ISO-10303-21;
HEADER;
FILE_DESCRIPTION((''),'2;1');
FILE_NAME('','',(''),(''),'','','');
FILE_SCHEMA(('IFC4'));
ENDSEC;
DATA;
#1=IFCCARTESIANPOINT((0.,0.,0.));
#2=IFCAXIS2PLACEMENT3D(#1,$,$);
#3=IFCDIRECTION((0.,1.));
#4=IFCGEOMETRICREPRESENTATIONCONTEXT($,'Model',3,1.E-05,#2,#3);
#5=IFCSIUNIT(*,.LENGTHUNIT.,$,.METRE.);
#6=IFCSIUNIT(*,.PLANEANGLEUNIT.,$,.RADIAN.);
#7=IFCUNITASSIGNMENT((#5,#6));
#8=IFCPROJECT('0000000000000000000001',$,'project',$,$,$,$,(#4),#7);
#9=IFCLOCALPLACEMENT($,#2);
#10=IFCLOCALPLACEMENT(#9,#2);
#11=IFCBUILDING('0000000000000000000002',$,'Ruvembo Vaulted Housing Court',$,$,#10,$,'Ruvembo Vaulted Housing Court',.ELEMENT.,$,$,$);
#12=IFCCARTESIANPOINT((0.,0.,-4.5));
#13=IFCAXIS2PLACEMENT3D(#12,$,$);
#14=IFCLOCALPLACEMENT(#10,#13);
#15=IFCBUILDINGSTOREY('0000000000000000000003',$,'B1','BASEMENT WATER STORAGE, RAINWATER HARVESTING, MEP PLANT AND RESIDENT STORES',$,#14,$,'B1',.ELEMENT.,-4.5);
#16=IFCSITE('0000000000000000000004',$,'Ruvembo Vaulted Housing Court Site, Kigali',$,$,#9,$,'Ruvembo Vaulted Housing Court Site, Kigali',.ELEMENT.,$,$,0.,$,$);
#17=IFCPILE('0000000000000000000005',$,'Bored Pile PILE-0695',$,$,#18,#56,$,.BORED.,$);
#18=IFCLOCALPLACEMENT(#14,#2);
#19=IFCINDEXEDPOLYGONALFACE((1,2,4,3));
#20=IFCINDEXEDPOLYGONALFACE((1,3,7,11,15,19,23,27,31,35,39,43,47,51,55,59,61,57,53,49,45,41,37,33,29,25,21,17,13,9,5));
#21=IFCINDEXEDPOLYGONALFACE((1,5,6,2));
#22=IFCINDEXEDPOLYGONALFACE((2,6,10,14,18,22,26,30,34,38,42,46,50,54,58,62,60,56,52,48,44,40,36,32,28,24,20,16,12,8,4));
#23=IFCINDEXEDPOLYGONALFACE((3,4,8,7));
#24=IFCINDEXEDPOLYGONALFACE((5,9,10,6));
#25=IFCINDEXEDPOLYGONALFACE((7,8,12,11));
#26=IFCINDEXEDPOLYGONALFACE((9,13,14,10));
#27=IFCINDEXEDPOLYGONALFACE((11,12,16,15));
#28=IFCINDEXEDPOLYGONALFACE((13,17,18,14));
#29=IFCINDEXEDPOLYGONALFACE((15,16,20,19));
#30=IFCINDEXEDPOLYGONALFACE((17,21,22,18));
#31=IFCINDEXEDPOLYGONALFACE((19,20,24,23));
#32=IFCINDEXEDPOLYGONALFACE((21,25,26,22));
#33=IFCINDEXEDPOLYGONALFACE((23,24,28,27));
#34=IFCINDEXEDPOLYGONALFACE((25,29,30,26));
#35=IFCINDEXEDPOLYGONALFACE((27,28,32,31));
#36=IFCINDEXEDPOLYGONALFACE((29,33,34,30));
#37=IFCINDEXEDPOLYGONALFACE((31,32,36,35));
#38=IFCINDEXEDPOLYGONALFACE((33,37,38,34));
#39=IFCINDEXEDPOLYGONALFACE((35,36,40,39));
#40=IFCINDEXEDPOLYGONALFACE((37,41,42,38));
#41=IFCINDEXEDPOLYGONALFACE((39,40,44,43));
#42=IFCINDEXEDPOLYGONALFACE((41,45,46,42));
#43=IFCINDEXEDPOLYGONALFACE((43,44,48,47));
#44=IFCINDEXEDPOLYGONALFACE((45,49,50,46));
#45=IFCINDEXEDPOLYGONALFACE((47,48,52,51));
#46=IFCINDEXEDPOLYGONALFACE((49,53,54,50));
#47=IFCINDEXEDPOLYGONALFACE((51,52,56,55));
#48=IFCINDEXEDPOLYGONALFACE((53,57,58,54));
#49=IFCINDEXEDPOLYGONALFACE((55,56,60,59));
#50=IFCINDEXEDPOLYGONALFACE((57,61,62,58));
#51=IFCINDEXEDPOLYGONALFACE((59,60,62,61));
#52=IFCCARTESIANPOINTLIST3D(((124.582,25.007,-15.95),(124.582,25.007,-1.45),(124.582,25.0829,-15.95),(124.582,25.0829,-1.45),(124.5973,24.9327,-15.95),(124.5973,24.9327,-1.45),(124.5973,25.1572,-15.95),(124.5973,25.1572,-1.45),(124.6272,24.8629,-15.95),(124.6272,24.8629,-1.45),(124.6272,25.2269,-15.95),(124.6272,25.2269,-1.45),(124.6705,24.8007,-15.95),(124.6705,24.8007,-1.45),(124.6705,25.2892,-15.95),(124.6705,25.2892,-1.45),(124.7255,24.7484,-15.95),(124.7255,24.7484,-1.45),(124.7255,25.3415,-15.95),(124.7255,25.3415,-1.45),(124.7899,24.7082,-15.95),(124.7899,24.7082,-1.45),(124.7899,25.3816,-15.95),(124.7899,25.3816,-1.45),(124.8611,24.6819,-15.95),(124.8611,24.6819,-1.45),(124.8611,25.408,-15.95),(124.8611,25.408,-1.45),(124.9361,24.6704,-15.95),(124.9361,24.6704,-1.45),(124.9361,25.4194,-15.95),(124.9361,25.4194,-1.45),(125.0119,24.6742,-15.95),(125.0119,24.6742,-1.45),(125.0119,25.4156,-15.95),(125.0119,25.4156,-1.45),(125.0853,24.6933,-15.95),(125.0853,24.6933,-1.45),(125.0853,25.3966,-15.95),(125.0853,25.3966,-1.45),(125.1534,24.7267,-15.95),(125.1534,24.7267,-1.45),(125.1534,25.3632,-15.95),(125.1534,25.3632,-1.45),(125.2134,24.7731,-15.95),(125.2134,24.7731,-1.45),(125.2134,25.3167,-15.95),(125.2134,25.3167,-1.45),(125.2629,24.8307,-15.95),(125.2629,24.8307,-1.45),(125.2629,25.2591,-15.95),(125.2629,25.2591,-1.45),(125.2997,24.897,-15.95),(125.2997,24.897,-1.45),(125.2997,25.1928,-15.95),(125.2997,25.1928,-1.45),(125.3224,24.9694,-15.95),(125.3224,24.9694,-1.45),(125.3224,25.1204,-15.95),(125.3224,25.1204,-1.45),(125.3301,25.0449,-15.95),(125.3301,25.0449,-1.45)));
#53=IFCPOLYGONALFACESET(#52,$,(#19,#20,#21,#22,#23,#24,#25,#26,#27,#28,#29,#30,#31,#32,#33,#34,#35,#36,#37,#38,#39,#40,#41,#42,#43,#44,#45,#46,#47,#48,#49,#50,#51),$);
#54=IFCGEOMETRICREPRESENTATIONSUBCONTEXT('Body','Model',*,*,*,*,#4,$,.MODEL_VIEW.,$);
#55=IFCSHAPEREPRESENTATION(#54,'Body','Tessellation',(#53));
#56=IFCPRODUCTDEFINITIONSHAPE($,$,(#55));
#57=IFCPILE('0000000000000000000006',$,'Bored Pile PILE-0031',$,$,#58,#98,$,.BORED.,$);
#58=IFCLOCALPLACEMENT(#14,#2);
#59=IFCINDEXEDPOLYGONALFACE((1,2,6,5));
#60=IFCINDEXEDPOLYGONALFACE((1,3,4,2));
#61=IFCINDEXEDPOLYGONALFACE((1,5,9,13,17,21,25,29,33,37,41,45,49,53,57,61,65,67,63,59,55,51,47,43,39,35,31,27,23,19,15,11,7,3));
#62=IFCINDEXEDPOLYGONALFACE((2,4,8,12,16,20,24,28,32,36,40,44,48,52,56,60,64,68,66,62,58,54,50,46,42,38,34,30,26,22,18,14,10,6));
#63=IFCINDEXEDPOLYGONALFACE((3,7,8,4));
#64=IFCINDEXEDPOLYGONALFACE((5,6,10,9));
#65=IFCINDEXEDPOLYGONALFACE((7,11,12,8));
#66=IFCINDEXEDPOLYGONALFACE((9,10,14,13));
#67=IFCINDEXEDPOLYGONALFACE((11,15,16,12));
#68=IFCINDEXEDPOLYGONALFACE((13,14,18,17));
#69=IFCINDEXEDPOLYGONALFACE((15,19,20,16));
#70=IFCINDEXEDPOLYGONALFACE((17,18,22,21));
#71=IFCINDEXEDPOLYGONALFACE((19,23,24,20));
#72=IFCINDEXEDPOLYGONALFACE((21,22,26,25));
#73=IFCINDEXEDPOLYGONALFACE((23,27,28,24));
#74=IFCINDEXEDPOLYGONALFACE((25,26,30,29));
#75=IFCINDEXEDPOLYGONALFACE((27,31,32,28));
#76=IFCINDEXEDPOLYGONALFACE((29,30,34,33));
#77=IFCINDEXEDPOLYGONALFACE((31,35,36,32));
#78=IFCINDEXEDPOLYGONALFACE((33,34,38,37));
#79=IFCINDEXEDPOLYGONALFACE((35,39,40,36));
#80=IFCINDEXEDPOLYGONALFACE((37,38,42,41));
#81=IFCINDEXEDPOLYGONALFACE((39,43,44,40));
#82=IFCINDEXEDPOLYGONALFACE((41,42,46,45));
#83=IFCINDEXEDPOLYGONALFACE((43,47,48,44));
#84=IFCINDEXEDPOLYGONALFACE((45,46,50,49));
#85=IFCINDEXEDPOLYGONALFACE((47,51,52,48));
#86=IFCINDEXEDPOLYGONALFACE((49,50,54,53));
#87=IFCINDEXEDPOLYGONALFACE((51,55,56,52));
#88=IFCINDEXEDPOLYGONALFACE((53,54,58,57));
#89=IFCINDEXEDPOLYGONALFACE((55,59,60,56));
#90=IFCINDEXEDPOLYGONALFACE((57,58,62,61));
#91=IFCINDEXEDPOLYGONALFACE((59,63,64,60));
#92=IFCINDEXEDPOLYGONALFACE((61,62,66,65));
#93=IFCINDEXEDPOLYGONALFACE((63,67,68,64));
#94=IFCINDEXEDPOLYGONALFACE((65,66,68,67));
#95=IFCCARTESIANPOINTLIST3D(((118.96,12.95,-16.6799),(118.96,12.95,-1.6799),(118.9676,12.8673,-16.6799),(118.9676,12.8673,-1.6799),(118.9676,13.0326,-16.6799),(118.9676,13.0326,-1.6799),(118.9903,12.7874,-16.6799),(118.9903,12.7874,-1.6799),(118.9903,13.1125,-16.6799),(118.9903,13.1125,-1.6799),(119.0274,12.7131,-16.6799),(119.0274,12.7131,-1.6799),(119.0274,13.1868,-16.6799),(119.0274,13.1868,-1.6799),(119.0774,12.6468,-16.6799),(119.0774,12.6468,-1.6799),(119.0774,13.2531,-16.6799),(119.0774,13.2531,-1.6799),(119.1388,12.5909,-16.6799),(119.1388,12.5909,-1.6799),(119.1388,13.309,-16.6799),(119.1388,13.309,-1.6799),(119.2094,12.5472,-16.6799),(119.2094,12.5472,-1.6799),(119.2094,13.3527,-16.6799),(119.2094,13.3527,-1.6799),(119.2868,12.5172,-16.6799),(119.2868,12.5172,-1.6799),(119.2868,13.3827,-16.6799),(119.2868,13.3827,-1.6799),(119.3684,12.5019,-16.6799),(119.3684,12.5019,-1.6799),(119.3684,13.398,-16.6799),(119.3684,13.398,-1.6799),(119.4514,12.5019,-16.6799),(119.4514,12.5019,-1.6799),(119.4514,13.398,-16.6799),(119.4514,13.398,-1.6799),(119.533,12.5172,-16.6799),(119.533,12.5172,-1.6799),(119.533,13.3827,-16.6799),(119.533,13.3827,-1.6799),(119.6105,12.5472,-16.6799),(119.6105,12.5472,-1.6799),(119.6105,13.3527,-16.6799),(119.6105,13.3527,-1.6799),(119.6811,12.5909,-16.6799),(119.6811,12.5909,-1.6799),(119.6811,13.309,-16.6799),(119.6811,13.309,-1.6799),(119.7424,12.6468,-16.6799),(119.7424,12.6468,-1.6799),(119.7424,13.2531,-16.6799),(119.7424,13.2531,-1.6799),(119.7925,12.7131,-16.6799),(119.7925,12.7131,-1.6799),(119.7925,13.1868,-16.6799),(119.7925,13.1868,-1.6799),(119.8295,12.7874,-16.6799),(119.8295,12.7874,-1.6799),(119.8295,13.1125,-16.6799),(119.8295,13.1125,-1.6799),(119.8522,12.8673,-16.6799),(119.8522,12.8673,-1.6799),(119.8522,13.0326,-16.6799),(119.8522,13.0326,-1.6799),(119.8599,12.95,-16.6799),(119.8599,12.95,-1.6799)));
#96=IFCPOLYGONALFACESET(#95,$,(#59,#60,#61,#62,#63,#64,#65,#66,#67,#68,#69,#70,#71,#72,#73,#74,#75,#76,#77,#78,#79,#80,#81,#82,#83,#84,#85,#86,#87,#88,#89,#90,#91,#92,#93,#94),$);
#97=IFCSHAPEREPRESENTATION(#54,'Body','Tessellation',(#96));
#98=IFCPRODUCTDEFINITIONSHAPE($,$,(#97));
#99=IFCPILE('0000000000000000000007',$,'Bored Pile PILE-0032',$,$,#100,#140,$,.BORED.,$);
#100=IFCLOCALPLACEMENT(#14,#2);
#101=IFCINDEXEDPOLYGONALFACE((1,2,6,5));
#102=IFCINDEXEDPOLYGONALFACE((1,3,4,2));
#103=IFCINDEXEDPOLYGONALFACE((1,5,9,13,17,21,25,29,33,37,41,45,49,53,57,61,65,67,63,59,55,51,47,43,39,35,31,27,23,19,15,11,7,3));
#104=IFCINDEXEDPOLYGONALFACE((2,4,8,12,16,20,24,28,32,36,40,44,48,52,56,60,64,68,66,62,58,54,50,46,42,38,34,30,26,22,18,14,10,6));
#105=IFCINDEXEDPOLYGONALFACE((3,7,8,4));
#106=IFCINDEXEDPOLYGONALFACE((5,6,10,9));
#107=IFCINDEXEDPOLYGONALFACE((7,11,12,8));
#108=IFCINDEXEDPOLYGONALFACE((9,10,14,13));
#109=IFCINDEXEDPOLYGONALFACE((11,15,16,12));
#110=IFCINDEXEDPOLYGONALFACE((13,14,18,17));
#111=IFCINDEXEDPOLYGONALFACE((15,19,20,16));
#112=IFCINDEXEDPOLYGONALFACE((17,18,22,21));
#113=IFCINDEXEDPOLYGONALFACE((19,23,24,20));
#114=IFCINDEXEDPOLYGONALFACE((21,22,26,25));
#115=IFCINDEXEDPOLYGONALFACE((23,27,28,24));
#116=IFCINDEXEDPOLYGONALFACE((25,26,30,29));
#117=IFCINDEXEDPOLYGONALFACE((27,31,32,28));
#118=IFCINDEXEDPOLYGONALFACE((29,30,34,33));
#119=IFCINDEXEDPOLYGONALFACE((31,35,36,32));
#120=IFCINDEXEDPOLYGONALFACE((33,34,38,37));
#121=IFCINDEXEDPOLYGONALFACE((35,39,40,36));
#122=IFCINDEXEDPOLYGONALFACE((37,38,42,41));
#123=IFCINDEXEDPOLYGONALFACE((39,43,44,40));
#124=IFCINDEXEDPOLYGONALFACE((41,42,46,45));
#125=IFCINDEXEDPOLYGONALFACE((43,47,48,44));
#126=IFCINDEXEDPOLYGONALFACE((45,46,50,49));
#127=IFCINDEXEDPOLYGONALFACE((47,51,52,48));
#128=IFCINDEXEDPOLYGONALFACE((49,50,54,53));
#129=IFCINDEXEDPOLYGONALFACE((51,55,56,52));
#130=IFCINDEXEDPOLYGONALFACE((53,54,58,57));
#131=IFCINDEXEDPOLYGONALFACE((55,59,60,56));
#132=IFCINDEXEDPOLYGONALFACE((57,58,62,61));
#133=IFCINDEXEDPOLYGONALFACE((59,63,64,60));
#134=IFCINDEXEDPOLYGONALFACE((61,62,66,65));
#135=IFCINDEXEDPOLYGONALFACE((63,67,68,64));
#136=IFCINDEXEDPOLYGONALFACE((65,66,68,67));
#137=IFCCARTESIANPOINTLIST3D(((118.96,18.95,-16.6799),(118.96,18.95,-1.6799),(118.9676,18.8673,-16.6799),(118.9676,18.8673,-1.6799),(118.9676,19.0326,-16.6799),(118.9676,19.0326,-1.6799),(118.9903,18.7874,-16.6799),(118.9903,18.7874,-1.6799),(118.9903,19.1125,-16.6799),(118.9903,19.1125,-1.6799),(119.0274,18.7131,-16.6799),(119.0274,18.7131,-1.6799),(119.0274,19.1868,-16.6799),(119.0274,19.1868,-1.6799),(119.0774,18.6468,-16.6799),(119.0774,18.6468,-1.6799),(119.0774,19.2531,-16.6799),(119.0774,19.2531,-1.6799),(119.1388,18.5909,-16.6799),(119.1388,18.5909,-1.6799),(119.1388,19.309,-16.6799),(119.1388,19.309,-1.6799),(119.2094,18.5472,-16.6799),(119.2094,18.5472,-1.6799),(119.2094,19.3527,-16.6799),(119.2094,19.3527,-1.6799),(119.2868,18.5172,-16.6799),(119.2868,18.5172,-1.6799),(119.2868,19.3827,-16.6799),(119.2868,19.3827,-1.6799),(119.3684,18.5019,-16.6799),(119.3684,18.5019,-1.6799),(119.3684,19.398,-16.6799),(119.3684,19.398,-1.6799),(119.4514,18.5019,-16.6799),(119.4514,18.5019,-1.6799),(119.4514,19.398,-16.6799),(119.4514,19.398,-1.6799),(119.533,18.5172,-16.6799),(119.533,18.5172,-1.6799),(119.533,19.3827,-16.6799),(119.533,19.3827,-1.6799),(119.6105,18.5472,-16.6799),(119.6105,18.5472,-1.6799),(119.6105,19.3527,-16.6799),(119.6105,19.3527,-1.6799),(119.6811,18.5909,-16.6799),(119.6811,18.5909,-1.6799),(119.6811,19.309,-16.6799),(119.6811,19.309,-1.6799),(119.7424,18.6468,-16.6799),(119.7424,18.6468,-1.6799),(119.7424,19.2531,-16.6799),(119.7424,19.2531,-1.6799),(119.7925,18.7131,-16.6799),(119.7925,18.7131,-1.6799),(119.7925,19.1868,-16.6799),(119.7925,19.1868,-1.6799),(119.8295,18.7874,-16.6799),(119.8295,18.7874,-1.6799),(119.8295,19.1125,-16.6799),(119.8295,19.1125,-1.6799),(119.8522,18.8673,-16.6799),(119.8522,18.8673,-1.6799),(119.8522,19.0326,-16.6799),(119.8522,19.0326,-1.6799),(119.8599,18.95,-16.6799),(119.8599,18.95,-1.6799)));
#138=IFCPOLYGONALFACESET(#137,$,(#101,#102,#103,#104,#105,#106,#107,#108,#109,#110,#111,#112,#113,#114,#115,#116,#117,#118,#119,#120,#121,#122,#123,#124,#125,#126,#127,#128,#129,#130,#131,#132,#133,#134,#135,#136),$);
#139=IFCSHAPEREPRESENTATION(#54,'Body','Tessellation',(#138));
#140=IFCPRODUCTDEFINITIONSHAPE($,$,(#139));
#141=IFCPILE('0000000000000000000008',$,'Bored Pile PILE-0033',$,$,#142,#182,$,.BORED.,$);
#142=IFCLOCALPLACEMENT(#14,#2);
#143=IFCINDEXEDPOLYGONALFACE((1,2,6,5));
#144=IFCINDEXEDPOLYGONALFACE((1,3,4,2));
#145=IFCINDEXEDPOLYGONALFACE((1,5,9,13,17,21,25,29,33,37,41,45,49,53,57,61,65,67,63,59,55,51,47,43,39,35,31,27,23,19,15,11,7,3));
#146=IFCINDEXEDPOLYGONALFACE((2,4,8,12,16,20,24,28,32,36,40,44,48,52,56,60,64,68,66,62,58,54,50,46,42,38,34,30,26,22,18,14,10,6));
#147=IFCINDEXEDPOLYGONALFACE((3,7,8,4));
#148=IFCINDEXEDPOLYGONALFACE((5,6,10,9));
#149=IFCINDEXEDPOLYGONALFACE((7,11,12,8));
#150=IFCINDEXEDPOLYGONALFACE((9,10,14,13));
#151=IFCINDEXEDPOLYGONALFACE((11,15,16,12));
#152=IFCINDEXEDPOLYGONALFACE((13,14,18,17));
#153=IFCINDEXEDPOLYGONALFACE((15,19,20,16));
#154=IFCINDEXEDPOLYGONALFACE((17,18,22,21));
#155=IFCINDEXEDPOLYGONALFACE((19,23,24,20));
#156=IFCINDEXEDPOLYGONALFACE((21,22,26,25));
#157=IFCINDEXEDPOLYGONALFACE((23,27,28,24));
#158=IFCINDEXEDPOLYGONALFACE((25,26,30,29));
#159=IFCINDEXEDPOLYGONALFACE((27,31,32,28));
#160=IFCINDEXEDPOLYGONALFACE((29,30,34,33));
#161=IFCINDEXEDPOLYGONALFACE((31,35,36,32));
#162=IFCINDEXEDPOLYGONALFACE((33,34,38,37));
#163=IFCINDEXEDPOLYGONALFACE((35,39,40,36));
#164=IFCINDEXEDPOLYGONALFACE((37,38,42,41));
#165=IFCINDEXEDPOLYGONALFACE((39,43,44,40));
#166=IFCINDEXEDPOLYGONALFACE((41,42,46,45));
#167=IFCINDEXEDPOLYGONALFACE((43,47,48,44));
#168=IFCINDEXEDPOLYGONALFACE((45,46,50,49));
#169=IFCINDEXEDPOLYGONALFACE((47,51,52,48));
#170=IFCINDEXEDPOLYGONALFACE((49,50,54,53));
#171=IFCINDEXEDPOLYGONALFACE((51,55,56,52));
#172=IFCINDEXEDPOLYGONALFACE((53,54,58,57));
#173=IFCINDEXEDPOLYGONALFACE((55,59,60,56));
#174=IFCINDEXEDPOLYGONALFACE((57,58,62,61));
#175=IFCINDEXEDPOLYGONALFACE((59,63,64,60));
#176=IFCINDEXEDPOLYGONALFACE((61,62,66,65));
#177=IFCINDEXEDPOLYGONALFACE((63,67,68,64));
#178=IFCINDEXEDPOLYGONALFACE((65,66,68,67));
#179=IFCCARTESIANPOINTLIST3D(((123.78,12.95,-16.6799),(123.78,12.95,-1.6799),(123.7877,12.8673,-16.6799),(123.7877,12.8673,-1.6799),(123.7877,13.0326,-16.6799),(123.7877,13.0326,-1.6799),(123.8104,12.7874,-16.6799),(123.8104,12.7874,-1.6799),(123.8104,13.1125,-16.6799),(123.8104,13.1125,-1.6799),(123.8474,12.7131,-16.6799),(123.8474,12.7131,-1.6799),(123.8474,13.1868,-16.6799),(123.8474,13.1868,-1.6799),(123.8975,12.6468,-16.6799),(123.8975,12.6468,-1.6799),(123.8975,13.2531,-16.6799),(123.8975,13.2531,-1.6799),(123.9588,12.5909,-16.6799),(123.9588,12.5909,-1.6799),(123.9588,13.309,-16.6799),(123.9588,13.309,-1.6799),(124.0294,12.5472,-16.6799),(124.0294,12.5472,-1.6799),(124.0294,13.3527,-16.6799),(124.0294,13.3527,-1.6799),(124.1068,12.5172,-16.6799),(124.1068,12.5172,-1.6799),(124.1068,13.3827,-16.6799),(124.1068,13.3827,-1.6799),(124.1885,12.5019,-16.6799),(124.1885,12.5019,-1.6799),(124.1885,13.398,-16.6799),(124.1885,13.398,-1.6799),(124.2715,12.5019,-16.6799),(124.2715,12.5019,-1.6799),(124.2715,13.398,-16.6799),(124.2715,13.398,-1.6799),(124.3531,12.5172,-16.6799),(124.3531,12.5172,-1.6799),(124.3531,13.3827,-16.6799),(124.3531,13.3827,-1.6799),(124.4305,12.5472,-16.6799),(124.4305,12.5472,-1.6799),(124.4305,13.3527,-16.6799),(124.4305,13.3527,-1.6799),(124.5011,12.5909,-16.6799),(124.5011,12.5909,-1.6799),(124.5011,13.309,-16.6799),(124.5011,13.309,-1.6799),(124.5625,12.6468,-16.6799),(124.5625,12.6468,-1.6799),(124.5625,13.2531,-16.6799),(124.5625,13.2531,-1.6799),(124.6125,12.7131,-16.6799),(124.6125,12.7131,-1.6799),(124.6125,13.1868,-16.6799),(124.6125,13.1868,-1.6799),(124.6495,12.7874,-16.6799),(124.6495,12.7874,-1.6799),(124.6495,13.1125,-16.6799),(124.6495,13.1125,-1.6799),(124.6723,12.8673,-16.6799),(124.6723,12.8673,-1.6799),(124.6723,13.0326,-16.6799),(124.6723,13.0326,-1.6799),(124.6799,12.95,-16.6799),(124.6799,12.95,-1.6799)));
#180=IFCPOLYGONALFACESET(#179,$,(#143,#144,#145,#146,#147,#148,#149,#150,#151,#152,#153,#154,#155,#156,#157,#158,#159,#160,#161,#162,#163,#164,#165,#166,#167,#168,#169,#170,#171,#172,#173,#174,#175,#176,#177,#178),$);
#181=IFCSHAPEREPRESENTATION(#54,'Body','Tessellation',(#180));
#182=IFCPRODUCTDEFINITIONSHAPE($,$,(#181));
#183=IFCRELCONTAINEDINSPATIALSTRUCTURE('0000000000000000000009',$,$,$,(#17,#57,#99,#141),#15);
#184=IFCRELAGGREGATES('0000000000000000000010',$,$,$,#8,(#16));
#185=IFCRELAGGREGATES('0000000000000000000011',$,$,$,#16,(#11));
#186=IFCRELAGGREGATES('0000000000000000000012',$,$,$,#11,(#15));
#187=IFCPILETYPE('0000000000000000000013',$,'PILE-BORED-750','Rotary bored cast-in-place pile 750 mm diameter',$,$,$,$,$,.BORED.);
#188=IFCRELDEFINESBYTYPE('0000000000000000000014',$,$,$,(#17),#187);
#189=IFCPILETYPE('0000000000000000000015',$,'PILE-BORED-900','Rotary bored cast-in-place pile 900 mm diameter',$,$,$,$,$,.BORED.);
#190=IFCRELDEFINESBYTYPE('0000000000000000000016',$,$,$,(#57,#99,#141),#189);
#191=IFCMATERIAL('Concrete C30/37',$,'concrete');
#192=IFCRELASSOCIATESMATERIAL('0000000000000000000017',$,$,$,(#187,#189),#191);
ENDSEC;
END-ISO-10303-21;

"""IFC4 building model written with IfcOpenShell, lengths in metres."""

from ifc_helpers import new_model, si_unit, direction, frame, origin, origin_2d, place, context, subcontext, project, spatial, circle, extrude, material, material_profile, profile_set, type_object, element, save


model = new_model("IFC4")

# Units and contexts
model_context = context("Model", 3, precision=1e-05, world=origin(), true_north=direction((0.0, 1.0)))
body_context = subcontext(model_context, "Body", "Model", "MODEL_VIEW")
ifc_project = project(units=[si_unit("LENGTHUNIT", "METRE"), si_unit("PLANEANGLEUNIT", "RADIAN")], contexts=[model_context])

# Site, building, storey
site_placement = place(None, origin())
site = spatial("IfcSite", under=ifc_project, at=site_placement, Name="Ruvembo Vaulted Housing Court Site, Kigali", LongName="Ruvembo Vaulted Housing Court Site, Kigali", CompositionType="ELEMENT", RefElevation=0.0)
building_placement = place(site_placement, origin())
building = spatial("IfcBuilding", under=site, at=building_placement, Name="Ruvembo Vaulted Housing Court", LongName="Ruvembo Vaulted Housing Court", CompositionType="ELEMENT")
storey_placement = place(building_placement, frame((0.0, 0.0, -4.5)))
storey = spatial("IfcBuildingStorey", under=building, at=storey_placement, Name="B1", Description="BASEMENT WATER STORAGE, RAINWATER HARVESTING, MEP PLANT AND RESIDENT STORES", LongName="B1", CompositionType="ELEMENT", Elevation=-4.5)

# Piles
ifc_material_1 = material(Name="Concrete C30/37", Category="concrete")
ifc_material_profile_1 = material_profile(ifc_material_1, circle(Radius=0.375, at=origin_2d()), Name="PILE D750")
ifc_profile_set_1 = profile_set([ifc_material_profile_1], Name="Concrete C30/37")
pile_type_1 = type_object("IfcPileType", Name="PILE-BORED-750", Description="Rotary bored cast-in-place pile 750 mm diameter", PredefinedType="BORED", material=ifc_profile_set_1)
for number, where, z_axis, x_axis, name in (
    (1, (124.9551, 25.0449, -1.45), (0.0, 0.0, -1.0), (1.0, 0.0, 0.0), "Bored Pile PILE-0695"),
):
    element("IfcPile", number, at=place(storey_placement, frame(where, z_axis=z_axis, x_axis=x_axis)), inside=storey, type_object=pile_type_1, Name=name, PredefinedType="BORED", context=body_context, shape_type="SweptSolid", body=[
        extrude(circle(Radius=0.375, at=origin_2d()), origin(), (0.0, 0.0, 1.0), 14.5),
    ])
ifc_material_profile_2 = material_profile(ifc_material_1, circle(Radius=0.45, at=origin_2d()), Name="PILE D900")
ifc_profile_set_2 = profile_set([ifc_material_profile_2], Name="Concrete C30/37")
pile_type_2 = type_object("IfcPileType", Name="PILE-BORED-900", Description="Rotary bored cast-in-place pile 900 mm diameter", PredefinedType="BORED", material=ifc_profile_set_2)
for number, where, z_axis, x_axis, name in (
    (2, (119.4099, 12.95, -1.6799), (0.0, 0.0, -1.0), (1.0, 0.0, 0.0), "Bored Pile PILE-0031"),
    (3, (119.4099, 18.95, -1.6799), (0.0, 0.0, -1.0), (1.0, 0.0, 0.0), "Bored Pile PILE-0032"),
    (4, (124.23, 12.95, -1.6799), (0.0, 0.0, -1.0), (1.0, 0.0, 0.0), "Bored Pile PILE-0033"),
):
    element("IfcPile", number, at=place(storey_placement, frame(where, z_axis=z_axis, x_axis=x_axis)), inside=storey, type_object=pile_type_2, Name=name, PredefinedType="BORED", context=body_context, shape_type="SweptSolid", body=[
        extrude(circle(Radius=0.45, at=origin_2d()), origin(), (0.0, 0.0, 1.0), 15.0),
    ])

save(model, "model.ifc")
